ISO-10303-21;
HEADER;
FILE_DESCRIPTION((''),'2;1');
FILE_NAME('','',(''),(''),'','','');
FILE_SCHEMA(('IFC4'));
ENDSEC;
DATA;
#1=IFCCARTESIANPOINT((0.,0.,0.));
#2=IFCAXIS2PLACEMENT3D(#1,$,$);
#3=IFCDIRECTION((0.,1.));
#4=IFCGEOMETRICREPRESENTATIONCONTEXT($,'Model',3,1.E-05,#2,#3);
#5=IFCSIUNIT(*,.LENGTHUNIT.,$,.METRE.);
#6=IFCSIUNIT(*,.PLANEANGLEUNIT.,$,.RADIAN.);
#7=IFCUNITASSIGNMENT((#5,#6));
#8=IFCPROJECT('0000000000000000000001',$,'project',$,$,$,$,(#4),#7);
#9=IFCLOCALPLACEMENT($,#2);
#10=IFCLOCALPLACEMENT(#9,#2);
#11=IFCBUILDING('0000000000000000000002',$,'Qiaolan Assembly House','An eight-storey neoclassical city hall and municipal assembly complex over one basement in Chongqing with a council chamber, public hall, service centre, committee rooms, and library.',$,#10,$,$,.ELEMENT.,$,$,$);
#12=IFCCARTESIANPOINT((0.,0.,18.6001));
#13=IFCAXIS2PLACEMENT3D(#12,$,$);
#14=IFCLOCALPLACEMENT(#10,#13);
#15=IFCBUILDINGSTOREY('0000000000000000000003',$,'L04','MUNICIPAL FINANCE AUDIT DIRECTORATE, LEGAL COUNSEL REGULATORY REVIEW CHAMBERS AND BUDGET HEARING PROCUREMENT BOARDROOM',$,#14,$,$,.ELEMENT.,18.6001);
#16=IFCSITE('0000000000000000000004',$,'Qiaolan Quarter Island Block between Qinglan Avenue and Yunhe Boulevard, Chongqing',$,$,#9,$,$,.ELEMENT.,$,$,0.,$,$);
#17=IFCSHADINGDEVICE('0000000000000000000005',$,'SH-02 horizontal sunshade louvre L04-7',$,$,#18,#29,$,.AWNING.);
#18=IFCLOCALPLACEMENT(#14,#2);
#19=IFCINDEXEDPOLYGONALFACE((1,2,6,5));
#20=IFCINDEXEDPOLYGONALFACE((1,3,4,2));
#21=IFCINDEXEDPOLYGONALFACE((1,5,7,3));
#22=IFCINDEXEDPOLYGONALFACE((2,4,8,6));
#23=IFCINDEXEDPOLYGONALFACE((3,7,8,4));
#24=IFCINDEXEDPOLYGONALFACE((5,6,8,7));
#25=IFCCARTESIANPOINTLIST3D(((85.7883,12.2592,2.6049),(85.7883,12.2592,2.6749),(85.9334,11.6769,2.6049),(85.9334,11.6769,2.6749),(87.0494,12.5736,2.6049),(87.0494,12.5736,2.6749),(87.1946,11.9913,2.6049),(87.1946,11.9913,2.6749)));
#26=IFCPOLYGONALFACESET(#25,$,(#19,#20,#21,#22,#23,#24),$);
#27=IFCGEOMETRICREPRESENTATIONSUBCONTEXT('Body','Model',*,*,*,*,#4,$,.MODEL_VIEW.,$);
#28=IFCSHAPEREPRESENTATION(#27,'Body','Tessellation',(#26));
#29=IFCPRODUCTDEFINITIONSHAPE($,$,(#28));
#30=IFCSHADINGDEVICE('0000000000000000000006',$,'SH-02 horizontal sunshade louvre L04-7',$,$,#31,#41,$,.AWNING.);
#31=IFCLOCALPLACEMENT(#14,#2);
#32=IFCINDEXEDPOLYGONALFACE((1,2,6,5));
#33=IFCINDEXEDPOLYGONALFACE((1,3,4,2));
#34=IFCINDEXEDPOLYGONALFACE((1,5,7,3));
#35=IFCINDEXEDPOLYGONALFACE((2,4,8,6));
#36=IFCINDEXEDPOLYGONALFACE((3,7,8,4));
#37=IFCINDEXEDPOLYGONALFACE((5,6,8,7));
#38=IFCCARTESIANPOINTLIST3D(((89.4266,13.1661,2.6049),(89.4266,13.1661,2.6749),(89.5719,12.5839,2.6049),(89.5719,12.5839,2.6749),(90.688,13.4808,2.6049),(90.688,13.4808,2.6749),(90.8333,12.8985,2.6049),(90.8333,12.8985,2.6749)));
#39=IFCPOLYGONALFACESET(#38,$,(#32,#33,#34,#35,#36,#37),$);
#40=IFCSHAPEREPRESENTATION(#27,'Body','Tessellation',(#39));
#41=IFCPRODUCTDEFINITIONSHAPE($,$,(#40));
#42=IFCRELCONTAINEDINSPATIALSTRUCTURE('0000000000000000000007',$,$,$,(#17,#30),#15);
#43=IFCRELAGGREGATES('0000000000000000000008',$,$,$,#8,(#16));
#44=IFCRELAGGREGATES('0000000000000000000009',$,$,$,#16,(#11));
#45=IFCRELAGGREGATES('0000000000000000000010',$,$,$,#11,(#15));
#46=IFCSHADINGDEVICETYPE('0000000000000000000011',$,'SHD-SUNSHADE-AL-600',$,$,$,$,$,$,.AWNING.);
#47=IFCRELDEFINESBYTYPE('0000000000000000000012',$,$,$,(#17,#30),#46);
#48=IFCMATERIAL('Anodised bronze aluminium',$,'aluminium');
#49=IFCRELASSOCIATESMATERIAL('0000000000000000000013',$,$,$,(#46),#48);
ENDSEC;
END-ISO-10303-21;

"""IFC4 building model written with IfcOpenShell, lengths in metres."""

from ifc_helpers import new_model, si_unit, direction, frame, origin, origin_2d, place, context, subcontext, project, spatial, rectangle, extrude, material, material_profile, profile_set, type_object, element, save


model = new_model("IFC4")

# Units and contexts
model_context = context("Model", 3, precision=1e-05, world=origin(), true_north=direction((0.0, 1.0)))
body_context = subcontext(model_context, "Body", "Model", "MODEL_VIEW")
ifc_project = project(units=[si_unit("LENGTHUNIT", "METRE"), si_unit("PLANEANGLEUNIT", "RADIAN")], contexts=[model_context])

# Site, building, storey
site_placement = place(None, origin())
site = spatial("IfcSite", under=ifc_project, at=site_placement, Name="Qiaolan Quarter Island Block between Qinglan Avenue and Yunhe Boulevard, Chongqing", CompositionType="ELEMENT", RefElevation=0.0)
building_placement = place(site_placement, origin())
building = spatial("IfcBuilding", under=site, at=building_placement, Name="Qiaolan Assembly House", Description="An eight-storey neoclassical city hall and municipal assembly complex over one basement in Chongqing with a council chamber, public hall, service centre, committee rooms, and library.", CompositionType="ELEMENT")
storey_placement = place(building_placement, frame((0.0, 0.0, 18.6001)))
storey = spatial("IfcBuildingStorey", under=building, at=storey_placement, Name="L04", Description="MUNICIPAL FINANCE AUDIT DIRECTORATE, LEGAL COUNSEL REGULATORY REVIEW CHAMBERS AND BUDGET HEARING PROCUREMENT BOARDROOM", CompositionType="ELEMENT", Elevation=18.6001)

# Shared definitions
ifc_material_1 = material(Name="Anodised bronze aluminium", Category="aluminium")

# Shading devices
ifc_material_profile_1 = material_profile(ifc_material_1, rectangle(XDim=0.6001, YDim=0.0701, at=origin_2d()), Name="SHD 600x70")
ifc_profile_set_1 = profile_set([ifc_material_profile_1], Name="Anodised bronze aluminium")
shading_device_type = type_object("IfcShadingDeviceType", Name="SHD-SUNSHADE-AL-600", PredefinedType="AWNING", material=ifc_profile_set_1)
shading_device_1_placement = place(storey_placement, frame((85.8608, 11.968, 2.6399), z_axis=(0.970297, 0.241917, 0.0), x_axis=(-0.241917, 0.970297, 0.0)))
element("IfcShadingDevice", 1, at=shading_device_1_placement, inside=storey, type_object=shading_device_type, Name="SH-02 horizontal sunshade louvre L04-7", PredefinedType="AWNING", context=body_context, shape_type="SweptSolid", body=[
    extrude(rectangle(XDim=0.6001, YDim=0.0701, at=origin_2d()), origin(), (0.0, 0.0, 1.0), 1.2998),
])
shading_device_2_placement = place(storey_placement, frame((89.4993, 12.875, 2.6399), z_axis=(0.970264, 0.24205, 0.0), x_axis=(-0.24205, 0.970264, 0.0)))
element("IfcShadingDevice", 2, at=shading_device_2_placement, inside=storey, type_object=shading_device_type, Name="SH-02 horizontal sunshade louvre L04-7", PredefinedType="AWNING", context=body_context, shape_type="SweptSolid", body=[
    extrude(rectangle(XDim=0.6001, YDim=0.0701, at=origin_2d()), origin(), (0.0, 0.0, 1.0), 1.3),
])

save(model, "model.ifc")
